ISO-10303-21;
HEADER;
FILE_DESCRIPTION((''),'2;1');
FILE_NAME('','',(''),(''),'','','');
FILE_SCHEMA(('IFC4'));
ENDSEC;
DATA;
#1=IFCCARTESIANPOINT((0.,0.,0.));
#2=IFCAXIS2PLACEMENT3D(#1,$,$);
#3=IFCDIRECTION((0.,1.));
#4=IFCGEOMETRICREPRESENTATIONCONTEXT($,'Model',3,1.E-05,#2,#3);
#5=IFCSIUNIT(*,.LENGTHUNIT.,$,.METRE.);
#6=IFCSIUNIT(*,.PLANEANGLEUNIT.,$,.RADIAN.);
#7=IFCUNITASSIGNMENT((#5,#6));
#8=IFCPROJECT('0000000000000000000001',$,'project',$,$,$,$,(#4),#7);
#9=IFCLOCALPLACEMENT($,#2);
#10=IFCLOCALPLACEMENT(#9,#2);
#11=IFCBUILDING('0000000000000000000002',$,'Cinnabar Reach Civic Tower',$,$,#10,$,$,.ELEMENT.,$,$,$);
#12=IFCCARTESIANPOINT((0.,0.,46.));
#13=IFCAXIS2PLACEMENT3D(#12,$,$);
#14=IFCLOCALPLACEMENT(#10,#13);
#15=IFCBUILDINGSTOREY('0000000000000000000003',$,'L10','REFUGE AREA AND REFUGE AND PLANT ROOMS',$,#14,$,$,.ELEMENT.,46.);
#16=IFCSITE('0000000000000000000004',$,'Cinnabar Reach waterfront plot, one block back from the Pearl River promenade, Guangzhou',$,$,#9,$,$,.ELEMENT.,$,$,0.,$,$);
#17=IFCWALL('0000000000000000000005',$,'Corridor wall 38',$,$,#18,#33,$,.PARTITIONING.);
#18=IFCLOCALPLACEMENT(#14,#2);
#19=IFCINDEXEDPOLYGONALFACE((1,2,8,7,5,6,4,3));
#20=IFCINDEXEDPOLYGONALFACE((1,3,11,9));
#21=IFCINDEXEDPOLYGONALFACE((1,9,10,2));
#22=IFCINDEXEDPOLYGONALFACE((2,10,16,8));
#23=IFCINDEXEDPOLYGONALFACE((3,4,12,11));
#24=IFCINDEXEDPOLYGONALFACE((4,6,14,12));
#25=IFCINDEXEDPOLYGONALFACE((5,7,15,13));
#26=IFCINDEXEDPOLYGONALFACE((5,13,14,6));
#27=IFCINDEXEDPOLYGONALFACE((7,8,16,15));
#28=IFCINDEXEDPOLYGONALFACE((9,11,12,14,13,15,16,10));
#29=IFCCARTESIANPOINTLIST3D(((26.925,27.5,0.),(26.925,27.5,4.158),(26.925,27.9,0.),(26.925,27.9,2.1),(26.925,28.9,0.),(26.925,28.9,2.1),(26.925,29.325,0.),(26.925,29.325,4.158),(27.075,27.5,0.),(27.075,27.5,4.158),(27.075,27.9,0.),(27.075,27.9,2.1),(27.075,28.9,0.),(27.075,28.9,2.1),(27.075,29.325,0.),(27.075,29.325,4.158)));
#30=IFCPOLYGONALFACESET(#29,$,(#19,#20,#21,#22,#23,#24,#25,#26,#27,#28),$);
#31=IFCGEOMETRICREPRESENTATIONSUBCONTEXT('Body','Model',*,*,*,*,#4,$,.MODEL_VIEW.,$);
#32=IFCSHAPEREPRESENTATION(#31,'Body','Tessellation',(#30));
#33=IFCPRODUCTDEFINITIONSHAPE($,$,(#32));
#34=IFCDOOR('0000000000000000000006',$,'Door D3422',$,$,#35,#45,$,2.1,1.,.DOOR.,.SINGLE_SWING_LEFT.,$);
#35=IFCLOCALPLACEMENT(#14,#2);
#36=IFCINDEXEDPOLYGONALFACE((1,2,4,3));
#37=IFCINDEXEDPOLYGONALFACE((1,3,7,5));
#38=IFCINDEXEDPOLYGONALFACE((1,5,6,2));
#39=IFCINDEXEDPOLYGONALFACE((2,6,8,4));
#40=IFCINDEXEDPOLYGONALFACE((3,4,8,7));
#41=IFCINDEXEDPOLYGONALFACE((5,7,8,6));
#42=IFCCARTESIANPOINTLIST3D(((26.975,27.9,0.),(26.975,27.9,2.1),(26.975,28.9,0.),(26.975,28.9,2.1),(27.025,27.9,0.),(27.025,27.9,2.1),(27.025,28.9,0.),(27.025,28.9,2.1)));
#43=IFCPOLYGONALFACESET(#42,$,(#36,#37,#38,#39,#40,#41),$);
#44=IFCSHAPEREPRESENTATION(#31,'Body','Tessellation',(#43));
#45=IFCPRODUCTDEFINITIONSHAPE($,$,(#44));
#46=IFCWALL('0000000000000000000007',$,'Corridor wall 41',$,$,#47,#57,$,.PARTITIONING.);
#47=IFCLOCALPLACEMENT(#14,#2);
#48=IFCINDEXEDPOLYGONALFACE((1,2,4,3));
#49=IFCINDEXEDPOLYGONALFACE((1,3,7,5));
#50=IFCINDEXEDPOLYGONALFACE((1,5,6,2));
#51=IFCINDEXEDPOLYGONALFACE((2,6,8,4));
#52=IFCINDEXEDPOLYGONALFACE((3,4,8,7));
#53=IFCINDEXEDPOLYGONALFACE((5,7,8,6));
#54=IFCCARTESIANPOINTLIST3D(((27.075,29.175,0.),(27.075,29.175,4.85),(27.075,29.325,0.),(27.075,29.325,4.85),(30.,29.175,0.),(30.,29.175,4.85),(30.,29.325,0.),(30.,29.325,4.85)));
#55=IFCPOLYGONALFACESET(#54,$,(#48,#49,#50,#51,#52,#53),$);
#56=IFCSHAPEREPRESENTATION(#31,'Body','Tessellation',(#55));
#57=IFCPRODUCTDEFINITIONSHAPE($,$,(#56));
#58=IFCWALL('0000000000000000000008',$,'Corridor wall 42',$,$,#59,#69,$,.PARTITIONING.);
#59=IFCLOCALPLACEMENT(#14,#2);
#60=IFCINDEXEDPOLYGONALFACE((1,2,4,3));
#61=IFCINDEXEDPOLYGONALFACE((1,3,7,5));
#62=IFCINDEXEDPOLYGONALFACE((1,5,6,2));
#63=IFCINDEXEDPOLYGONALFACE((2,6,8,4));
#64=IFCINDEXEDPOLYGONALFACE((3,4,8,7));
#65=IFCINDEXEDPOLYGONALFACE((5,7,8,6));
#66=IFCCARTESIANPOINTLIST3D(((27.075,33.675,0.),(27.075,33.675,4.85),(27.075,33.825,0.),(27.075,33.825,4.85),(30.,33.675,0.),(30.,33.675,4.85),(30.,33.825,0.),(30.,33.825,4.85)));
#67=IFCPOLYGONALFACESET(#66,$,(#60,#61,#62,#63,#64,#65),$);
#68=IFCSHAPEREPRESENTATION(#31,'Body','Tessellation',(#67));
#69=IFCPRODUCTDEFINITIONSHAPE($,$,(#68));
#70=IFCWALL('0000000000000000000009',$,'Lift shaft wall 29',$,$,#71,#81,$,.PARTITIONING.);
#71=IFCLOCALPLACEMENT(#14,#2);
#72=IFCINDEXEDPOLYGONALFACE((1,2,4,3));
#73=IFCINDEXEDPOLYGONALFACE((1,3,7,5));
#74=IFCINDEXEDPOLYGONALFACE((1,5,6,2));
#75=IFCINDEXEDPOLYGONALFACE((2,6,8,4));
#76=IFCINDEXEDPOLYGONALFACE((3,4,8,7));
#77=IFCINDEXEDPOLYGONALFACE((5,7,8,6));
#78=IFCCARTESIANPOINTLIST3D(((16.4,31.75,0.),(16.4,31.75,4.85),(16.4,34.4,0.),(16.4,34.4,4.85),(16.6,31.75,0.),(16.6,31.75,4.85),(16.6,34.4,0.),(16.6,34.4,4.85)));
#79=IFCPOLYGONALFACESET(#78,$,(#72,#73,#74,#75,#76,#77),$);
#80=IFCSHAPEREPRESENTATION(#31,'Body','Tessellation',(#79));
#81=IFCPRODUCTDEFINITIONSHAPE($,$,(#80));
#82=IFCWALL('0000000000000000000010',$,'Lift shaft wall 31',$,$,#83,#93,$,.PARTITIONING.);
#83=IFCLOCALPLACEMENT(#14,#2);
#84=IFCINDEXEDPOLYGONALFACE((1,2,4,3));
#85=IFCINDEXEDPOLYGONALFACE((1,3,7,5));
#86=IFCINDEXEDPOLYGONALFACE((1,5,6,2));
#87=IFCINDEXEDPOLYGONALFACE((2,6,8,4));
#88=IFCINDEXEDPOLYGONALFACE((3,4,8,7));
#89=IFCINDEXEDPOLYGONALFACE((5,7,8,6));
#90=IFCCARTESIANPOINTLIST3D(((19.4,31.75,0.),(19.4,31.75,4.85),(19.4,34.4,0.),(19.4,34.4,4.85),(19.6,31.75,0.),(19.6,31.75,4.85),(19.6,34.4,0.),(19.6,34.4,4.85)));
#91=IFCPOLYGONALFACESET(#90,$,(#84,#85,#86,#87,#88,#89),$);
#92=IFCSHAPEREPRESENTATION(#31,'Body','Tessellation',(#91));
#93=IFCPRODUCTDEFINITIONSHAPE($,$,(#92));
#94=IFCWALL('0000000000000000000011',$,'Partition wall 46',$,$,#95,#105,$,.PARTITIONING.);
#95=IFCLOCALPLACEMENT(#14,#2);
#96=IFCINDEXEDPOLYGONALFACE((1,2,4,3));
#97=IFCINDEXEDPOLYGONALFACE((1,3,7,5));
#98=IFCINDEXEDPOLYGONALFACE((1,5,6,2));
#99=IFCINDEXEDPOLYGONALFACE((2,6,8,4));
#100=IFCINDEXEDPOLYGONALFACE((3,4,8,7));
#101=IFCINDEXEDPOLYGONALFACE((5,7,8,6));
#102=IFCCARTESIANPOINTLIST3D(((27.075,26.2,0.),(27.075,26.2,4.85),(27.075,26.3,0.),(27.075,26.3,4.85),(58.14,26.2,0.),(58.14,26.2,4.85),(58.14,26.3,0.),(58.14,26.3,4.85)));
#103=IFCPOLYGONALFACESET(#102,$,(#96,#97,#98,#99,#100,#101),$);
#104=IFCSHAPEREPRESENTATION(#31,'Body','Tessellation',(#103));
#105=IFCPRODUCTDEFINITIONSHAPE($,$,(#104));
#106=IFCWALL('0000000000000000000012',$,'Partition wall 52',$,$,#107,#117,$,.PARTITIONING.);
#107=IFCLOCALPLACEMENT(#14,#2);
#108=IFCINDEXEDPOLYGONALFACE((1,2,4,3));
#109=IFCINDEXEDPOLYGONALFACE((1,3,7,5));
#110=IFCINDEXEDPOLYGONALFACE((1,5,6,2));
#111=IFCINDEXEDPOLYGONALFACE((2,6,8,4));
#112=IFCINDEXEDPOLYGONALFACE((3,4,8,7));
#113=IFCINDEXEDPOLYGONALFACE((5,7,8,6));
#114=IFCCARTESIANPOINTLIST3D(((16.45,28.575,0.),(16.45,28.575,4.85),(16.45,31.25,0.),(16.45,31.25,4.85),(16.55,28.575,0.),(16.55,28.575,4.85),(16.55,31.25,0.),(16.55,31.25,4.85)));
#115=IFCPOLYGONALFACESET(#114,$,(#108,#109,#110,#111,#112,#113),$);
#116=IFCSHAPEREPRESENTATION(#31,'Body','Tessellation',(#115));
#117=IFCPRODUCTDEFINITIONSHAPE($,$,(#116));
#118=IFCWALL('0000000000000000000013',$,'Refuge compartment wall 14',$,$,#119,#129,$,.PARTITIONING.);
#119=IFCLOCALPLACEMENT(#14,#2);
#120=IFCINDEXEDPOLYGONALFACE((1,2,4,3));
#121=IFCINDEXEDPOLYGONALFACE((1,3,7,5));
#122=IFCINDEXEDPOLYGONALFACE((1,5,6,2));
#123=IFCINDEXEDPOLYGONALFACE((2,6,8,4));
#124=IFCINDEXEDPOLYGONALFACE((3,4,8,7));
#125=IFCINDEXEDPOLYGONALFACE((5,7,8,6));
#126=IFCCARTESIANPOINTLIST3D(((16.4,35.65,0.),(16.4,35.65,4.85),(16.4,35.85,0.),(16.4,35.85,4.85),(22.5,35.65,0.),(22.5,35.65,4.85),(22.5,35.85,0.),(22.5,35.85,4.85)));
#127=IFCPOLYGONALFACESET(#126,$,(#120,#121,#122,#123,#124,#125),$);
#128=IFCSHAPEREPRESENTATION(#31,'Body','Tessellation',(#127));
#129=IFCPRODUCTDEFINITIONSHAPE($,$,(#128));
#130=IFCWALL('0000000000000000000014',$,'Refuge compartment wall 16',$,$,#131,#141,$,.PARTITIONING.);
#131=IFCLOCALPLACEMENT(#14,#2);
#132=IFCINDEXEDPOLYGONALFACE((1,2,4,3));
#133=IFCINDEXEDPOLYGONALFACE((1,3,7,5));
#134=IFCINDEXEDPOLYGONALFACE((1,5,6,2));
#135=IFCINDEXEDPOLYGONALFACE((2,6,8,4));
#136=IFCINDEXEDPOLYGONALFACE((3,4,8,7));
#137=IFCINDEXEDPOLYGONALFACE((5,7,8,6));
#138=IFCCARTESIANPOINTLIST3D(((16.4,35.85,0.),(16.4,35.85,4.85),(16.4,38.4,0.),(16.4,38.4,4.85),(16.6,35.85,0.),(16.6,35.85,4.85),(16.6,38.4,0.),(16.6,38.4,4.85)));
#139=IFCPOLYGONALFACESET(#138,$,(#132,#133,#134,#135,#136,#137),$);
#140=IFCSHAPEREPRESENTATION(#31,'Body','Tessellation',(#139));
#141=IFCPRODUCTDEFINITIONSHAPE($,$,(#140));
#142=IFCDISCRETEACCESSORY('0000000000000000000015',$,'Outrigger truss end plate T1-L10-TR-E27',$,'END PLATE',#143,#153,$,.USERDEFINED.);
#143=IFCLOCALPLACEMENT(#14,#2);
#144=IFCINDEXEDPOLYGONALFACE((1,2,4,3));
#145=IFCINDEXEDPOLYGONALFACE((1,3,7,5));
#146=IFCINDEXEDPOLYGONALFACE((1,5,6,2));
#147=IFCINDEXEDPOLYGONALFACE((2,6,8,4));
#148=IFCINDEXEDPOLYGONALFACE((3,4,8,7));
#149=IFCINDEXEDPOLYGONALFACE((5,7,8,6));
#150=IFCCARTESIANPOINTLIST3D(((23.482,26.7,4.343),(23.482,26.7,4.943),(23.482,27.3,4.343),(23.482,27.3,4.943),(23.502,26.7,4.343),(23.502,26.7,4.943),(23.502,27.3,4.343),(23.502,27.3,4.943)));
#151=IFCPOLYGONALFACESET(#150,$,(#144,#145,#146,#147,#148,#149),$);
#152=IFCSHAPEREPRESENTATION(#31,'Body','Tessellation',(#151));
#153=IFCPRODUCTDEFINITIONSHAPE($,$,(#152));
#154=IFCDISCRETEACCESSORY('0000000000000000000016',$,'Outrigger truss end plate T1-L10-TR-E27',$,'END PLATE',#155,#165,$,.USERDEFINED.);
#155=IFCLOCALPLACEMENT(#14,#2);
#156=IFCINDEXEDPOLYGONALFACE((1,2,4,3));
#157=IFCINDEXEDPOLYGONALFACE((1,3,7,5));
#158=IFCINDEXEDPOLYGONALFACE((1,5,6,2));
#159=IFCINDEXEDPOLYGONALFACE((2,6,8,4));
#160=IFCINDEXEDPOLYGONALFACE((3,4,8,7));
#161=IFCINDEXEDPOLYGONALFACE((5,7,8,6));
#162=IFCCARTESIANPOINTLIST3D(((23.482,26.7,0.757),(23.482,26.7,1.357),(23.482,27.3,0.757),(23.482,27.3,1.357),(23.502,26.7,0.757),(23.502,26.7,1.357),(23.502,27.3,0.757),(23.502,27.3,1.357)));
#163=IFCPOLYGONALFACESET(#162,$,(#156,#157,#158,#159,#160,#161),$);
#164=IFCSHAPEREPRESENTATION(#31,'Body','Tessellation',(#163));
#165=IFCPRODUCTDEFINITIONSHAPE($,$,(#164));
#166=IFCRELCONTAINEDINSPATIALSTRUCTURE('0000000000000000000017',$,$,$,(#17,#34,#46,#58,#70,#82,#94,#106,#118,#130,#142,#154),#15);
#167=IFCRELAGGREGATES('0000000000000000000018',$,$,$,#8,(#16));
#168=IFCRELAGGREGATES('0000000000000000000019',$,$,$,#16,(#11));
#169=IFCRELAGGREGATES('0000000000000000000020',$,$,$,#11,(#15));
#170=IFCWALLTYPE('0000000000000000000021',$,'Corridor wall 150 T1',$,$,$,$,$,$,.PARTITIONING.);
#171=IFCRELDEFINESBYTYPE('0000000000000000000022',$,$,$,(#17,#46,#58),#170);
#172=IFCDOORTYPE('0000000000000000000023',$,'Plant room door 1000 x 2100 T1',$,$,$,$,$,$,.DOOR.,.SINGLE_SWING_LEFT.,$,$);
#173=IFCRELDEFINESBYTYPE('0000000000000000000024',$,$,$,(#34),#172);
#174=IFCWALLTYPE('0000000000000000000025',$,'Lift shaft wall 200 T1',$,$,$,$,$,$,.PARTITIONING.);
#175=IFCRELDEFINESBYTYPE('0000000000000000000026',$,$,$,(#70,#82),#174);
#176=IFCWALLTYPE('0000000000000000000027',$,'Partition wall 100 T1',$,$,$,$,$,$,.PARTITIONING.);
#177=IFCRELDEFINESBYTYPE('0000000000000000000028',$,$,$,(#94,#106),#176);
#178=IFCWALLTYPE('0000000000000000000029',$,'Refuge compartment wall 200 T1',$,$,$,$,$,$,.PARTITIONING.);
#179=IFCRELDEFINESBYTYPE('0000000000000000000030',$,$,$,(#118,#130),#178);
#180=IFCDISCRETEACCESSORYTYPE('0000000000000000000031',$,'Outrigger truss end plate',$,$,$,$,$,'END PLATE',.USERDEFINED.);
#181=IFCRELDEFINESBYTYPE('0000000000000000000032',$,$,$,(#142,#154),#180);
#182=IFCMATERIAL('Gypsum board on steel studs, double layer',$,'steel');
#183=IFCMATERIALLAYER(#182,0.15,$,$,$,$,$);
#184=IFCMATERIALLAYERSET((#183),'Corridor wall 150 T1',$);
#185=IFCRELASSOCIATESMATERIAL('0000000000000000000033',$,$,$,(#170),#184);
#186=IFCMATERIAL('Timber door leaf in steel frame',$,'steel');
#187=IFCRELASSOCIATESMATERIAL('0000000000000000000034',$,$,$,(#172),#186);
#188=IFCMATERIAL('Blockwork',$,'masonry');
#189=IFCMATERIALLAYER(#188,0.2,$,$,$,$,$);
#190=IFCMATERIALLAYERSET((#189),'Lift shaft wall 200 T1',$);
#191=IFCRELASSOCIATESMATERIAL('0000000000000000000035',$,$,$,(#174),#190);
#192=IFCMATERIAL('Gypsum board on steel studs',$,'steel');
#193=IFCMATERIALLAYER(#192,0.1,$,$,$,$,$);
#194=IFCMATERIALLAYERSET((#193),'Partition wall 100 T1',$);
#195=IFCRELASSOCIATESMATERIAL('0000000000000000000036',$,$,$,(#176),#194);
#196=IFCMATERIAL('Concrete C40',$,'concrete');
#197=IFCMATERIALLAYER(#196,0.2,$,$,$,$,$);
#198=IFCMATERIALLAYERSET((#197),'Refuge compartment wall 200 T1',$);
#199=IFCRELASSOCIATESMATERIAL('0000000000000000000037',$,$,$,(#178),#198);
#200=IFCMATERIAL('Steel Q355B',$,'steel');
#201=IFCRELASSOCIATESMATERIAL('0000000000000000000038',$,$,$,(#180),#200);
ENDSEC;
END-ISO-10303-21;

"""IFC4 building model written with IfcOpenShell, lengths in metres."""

from ifc_helpers import new_model, si_unit, direction, frame, frame_2d, origin, origin_2d, place, context, subcontext, project, spatial, rectangle, extrude, material, layer, layer_set, type_object, element, fill, save


model = new_model("IFC4")

# Units and contexts
model_context = context("Model", 3, precision=1e-05, world=origin(), true_north=direction((0.0, 1.0)))
body_context = subcontext(model_context, "Body", "Model", "MODEL_VIEW")
ifc_project = project(units=[si_unit("LENGTHUNIT", "METRE"), si_unit("PLANEANGLEUNIT", "RADIAN")], contexts=[model_context])

# Site, building, storey
site_placement = place(None, origin())
site = spatial("IfcSite", under=ifc_project, at=site_placement, Name="Cinnabar Reach waterfront plot, one block back from the Pearl River promenade, Guangzhou", CompositionType="ELEMENT", RefElevation=0.0)
building_placement = place(site_placement, origin())
building = spatial("IfcBuilding", under=site, at=building_placement, Name="Cinnabar Reach Civic Tower", CompositionType="ELEMENT")
storey_placement = place(building_placement, frame((0.0, 0.0, 46.0)))
storey = spatial("IfcBuildingStorey", under=building, at=storey_placement, Name="L10", Description="REFUGE AREA AND REFUGE AND PLANT ROOMS", CompositionType="ELEMENT", Elevation=46.0)

# Shared definitions
ifc_material_1 = material(Name="Steel Q355B", Category="steel")

# Shared definitions
ifc_material_2 = material(Name="Timber door leaf in steel frame", Category="steel")

# Wall, opening, door
ifc_material_3 = material(Name="Gypsum board on steel studs, double layer", Category="steel")
ifc_layer_1 = layer(ifc_material_3, 0.15)
ifc_layer_set_1 = layer_set([ifc_layer_1], Name="Corridor wall 150 T1")
wall_type_1 = type_object("IfcWallType", Name="Corridor wall 150 T1", PredefinedType="PARTITIONING", material=ifc_layer_set_1)
door_type_1 = type_object("IfcDoorType", Name="Plant room door 1000 x 2100 T1", OperationType="SINGLE_SWING_LEFT", PredefinedType="DOOR", material=ifc_material_2)
wall_1_placement = place(storey_placement, frame((27.0, 27.5, 0.0), z_axis=(0.0, 0.0, 1.0), x_axis=(0.0, 1.0, 0.0)))
wall_1 = element("IfcWall", 1, at=wall_1_placement, inside=storey, type_object=wall_type_1, Name="Corridor wall 38", PredefinedType="PARTITIONING", context=body_context, shape_type="SweptSolid", body=[
    extrude(rectangle(XDim=1.825, YDim=0.15, at=frame_2d((0.9125, 0.0))), origin(), (0.0, 0.0, 1.0), 4.158),
])
opening_1_placement = place(wall_1_placement, frame((0.4, 0.0, 0.0)))
opening_1 = element("IfcOpeningElement", 2, at=opening_1_placement, cuts=wall_1, PredefinedType="OPENING", context=body_context, shape_type="SweptSolid", body=[
    extrude(rectangle(XDim=1.0, YDim=2.1, at=frame_2d((0.5, 1.05))), frame((0.0, 0.085, 0.0), z_axis=(0.0, -1.0, 0.0), x_axis=(1.0, 0.0, 0.0)), (0.0, 0.0, 1.0), 0.17),
])
door_1_placement = place(opening_1_placement, frame((1.0, 0.0, 0.0), z_axis=(0.0, 0.0, 1.0), x_axis=(-1.0, 0.0, 0.0)))
door_1 = element("IfcDoor", 3, at=door_1_placement, inside=storey, type_object=door_type_1, Name="Door D3422", OperationType="SINGLE_SWING_LEFT", OverallHeight=2.1, OverallWidth=1.0, PredefinedType="DOOR", context=body_context, shape_type="SweptSolid", body=[
    extrude(rectangle(XDim=1.0, YDim=2.1, at=frame_2d((0.5, 1.05))), frame((0.0, 0.025, 0.0), z_axis=(0.0, -1.0, 0.0), x_axis=(1.0, 0.0, 0.0)), (0.0, 0.0, 1.0), 0.05),
])
fill(opening_1, door_1)

# Walls
for number, where, z_axis, x_axis, name in (
    (4, (27.075, 29.25, 0.0), (0.0, 0.0, 1.0), (1.0, 0.0, 0.0), "Corridor wall 41"),
    (5, (27.075, 33.75, 0.0), (0.0, 0.0, 1.0), (1.0, 0.0, 0.0), "Corridor wall 42"),
):
    element("IfcWall", number, at=place(storey_placement, frame(where, z_axis=z_axis, x_axis=x_axis)), inside=storey, type_object=wall_type_1, Name=name, PredefinedType="PARTITIONING", context=body_context, shape_type="SweptSolid", body=[
        extrude(rectangle(XDim=2.925, YDim=0.15, at=frame_2d((1.4625, 0.0))), origin(), (0.0, 0.0, 1.0), 4.85),
    ])
ifc_material_4 = material(Name="Blockwork", Category="masonry")
ifc_layer_2 = layer(ifc_material_4, 0.2)
ifc_layer_set_2 = layer_set([ifc_layer_2], Name="Lift shaft wall 200 T1")
wall_type_2 = type_object("IfcWallType", Name="Lift shaft wall 200 T1", PredefinedType="PARTITIONING", material=ifc_layer_set_2)
for number, where, z_axis, x_axis, name in (
    (6, (16.5, 31.75, 0.0), (0.0, 0.0, 1.0), (0.0, 1.0, 0.0), "Lift shaft wall 29"),
    (7, (19.5, 31.75, 0.0), (0.0, 0.0, 1.0), (0.0, 1.0, 0.0), "Lift shaft wall 31"),
):
    element("IfcWall", number, at=place(storey_placement, frame(where, z_axis=z_axis, x_axis=x_axis)), inside=storey, type_object=wall_type_2, Name=name, PredefinedType="PARTITIONING", context=body_context, shape_type="SweptSolid", body=[
        extrude(rectangle(XDim=2.65, YDim=0.2, at=frame_2d((1.325, 0.0))), origin(), (0.0, 0.0, 1.0), 4.85),
    ])
ifc_material_5 = material(Name="Gypsum board on steel studs", Category="steel")
ifc_layer_3 = layer(ifc_material_5, 0.1)
ifc_layer_set_3 = layer_set([ifc_layer_3], Name="Partition wall 100 T1")
wall_type_3 = type_object("IfcWallType", Name="Partition wall 100 T1", PredefinedType="PARTITIONING", material=ifc_layer_set_3)
wall_2_placement = place(storey_placement, frame((27.075, 26.25, 0.0), z_axis=(0.0, 0.0, 1.0), x_axis=(1.0, 0.0, 0.0)))
element("IfcWall", 8, at=wall_2_placement, inside=storey, type_object=wall_type_3, Name="Partition wall 46", PredefinedType="PARTITIONING", context=body_context, shape_type="SweptSolid", body=[
    extrude(rectangle(XDim=31.065, YDim=0.1, at=frame_2d((15.5325, 0.0))), origin(), (0.0, 0.0, 1.0), 4.85),
])
wall_3_placement = place(storey_placement, frame((16.5, 28.575, 0.0), z_axis=(0.0, 0.0, 1.0), x_axis=(0.0, 1.0, 0.0)))
element("IfcWall", 9, at=wall_3_placement, inside=storey, type_object=wall_type_3, Name="Partition wall 52", PredefinedType="PARTITIONING", context=body_context, shape_type="SweptSolid", body=[
    extrude(rectangle(XDim=2.675, YDim=0.1, at=frame_2d((1.3375, 0.0))), origin(), (0.0, 0.0, 1.0), 4.85),
])
ifc_material_6 = material(Name="Concrete C40", Category="concrete")
ifc_layer_4 = layer(ifc_material_6, 0.2)
ifc_layer_set_4 = layer_set([ifc_layer_4], Name="Refuge compartment wall 200 T1")
wall_type_4 = type_object("IfcWallType", Name="Refuge compartment wall 200 T1", PredefinedType="PARTITIONING", material=ifc_layer_set_4)
wall_4_placement = place(storey_placement, frame((16.4, 35.75, 0.0), z_axis=(0.0, 0.0, 1.0), x_axis=(1.0, 0.0, 0.0)))
element("IfcWall", 10, at=wall_4_placement, inside=storey, type_object=wall_type_4, Name="Refuge compartment wall 14", PredefinedType="PARTITIONING", context=body_context, shape_type="SweptSolid", body=[
    extrude(rectangle(XDim=6.1, YDim=0.2, at=frame_2d((3.05, 0.0))), origin(), (0.0, 0.0, 1.0), 4.85),
])
wall_5_placement = place(storey_placement, frame((16.5, 35.85, 0.0), z_axis=(0.0, 0.0, 1.0), x_axis=(0.0, 1.0, 0.0)))
element("IfcWall", 11, at=wall_5_placement, inside=storey, type_object=wall_type_4, Name="Refuge compartment wall 16", PredefinedType="PARTITIONING", context=body_context, shape_type="SweptSolid", body=[
    extrude(rectangle(XDim=2.55, YDim=0.2, at=frame_2d((1.275, 0.0))), origin(), (0.0, 0.0, 1.0), 4.85),
])

# Discrete accessories
discrete_accessory_type = type_object("IfcDiscreteAccessoryType", Name="Outrigger truss end plate", ElementType="END PLATE", PredefinedType="USERDEFINED", material=ifc_material_1)
for number, where, z_axis, x_axis, name in (
    (12, (23.492, 27.0, 4.343), (0.0, 0.0, 1.0), (1.0, 0.0, 0.0), "Outrigger truss end plate T1-L10-TR-E27"),
    (13, (23.492, 27.0, 0.757), (0.0, 0.0, 1.0), (1.0, 0.0, 0.0), "Outrigger truss end plate T1-L10-TR-E27"),
):
    element("IfcDiscreteAccessory", number, at=place(storey_placement, frame(where, z_axis=z_axis, x_axis=x_axis)), inside=storey, type_object=discrete_accessory_type, Name=name, ObjectType="END PLATE", PredefinedType="USERDEFINED", context=body_context, shape_type="SweptSolid", body=[
        extrude(rectangle(XDim=0.02, YDim=0.6, at=origin_2d()), origin(), (0.0, 0.0, 1.0), 0.6),
    ])

save(model, "model.ifc")
